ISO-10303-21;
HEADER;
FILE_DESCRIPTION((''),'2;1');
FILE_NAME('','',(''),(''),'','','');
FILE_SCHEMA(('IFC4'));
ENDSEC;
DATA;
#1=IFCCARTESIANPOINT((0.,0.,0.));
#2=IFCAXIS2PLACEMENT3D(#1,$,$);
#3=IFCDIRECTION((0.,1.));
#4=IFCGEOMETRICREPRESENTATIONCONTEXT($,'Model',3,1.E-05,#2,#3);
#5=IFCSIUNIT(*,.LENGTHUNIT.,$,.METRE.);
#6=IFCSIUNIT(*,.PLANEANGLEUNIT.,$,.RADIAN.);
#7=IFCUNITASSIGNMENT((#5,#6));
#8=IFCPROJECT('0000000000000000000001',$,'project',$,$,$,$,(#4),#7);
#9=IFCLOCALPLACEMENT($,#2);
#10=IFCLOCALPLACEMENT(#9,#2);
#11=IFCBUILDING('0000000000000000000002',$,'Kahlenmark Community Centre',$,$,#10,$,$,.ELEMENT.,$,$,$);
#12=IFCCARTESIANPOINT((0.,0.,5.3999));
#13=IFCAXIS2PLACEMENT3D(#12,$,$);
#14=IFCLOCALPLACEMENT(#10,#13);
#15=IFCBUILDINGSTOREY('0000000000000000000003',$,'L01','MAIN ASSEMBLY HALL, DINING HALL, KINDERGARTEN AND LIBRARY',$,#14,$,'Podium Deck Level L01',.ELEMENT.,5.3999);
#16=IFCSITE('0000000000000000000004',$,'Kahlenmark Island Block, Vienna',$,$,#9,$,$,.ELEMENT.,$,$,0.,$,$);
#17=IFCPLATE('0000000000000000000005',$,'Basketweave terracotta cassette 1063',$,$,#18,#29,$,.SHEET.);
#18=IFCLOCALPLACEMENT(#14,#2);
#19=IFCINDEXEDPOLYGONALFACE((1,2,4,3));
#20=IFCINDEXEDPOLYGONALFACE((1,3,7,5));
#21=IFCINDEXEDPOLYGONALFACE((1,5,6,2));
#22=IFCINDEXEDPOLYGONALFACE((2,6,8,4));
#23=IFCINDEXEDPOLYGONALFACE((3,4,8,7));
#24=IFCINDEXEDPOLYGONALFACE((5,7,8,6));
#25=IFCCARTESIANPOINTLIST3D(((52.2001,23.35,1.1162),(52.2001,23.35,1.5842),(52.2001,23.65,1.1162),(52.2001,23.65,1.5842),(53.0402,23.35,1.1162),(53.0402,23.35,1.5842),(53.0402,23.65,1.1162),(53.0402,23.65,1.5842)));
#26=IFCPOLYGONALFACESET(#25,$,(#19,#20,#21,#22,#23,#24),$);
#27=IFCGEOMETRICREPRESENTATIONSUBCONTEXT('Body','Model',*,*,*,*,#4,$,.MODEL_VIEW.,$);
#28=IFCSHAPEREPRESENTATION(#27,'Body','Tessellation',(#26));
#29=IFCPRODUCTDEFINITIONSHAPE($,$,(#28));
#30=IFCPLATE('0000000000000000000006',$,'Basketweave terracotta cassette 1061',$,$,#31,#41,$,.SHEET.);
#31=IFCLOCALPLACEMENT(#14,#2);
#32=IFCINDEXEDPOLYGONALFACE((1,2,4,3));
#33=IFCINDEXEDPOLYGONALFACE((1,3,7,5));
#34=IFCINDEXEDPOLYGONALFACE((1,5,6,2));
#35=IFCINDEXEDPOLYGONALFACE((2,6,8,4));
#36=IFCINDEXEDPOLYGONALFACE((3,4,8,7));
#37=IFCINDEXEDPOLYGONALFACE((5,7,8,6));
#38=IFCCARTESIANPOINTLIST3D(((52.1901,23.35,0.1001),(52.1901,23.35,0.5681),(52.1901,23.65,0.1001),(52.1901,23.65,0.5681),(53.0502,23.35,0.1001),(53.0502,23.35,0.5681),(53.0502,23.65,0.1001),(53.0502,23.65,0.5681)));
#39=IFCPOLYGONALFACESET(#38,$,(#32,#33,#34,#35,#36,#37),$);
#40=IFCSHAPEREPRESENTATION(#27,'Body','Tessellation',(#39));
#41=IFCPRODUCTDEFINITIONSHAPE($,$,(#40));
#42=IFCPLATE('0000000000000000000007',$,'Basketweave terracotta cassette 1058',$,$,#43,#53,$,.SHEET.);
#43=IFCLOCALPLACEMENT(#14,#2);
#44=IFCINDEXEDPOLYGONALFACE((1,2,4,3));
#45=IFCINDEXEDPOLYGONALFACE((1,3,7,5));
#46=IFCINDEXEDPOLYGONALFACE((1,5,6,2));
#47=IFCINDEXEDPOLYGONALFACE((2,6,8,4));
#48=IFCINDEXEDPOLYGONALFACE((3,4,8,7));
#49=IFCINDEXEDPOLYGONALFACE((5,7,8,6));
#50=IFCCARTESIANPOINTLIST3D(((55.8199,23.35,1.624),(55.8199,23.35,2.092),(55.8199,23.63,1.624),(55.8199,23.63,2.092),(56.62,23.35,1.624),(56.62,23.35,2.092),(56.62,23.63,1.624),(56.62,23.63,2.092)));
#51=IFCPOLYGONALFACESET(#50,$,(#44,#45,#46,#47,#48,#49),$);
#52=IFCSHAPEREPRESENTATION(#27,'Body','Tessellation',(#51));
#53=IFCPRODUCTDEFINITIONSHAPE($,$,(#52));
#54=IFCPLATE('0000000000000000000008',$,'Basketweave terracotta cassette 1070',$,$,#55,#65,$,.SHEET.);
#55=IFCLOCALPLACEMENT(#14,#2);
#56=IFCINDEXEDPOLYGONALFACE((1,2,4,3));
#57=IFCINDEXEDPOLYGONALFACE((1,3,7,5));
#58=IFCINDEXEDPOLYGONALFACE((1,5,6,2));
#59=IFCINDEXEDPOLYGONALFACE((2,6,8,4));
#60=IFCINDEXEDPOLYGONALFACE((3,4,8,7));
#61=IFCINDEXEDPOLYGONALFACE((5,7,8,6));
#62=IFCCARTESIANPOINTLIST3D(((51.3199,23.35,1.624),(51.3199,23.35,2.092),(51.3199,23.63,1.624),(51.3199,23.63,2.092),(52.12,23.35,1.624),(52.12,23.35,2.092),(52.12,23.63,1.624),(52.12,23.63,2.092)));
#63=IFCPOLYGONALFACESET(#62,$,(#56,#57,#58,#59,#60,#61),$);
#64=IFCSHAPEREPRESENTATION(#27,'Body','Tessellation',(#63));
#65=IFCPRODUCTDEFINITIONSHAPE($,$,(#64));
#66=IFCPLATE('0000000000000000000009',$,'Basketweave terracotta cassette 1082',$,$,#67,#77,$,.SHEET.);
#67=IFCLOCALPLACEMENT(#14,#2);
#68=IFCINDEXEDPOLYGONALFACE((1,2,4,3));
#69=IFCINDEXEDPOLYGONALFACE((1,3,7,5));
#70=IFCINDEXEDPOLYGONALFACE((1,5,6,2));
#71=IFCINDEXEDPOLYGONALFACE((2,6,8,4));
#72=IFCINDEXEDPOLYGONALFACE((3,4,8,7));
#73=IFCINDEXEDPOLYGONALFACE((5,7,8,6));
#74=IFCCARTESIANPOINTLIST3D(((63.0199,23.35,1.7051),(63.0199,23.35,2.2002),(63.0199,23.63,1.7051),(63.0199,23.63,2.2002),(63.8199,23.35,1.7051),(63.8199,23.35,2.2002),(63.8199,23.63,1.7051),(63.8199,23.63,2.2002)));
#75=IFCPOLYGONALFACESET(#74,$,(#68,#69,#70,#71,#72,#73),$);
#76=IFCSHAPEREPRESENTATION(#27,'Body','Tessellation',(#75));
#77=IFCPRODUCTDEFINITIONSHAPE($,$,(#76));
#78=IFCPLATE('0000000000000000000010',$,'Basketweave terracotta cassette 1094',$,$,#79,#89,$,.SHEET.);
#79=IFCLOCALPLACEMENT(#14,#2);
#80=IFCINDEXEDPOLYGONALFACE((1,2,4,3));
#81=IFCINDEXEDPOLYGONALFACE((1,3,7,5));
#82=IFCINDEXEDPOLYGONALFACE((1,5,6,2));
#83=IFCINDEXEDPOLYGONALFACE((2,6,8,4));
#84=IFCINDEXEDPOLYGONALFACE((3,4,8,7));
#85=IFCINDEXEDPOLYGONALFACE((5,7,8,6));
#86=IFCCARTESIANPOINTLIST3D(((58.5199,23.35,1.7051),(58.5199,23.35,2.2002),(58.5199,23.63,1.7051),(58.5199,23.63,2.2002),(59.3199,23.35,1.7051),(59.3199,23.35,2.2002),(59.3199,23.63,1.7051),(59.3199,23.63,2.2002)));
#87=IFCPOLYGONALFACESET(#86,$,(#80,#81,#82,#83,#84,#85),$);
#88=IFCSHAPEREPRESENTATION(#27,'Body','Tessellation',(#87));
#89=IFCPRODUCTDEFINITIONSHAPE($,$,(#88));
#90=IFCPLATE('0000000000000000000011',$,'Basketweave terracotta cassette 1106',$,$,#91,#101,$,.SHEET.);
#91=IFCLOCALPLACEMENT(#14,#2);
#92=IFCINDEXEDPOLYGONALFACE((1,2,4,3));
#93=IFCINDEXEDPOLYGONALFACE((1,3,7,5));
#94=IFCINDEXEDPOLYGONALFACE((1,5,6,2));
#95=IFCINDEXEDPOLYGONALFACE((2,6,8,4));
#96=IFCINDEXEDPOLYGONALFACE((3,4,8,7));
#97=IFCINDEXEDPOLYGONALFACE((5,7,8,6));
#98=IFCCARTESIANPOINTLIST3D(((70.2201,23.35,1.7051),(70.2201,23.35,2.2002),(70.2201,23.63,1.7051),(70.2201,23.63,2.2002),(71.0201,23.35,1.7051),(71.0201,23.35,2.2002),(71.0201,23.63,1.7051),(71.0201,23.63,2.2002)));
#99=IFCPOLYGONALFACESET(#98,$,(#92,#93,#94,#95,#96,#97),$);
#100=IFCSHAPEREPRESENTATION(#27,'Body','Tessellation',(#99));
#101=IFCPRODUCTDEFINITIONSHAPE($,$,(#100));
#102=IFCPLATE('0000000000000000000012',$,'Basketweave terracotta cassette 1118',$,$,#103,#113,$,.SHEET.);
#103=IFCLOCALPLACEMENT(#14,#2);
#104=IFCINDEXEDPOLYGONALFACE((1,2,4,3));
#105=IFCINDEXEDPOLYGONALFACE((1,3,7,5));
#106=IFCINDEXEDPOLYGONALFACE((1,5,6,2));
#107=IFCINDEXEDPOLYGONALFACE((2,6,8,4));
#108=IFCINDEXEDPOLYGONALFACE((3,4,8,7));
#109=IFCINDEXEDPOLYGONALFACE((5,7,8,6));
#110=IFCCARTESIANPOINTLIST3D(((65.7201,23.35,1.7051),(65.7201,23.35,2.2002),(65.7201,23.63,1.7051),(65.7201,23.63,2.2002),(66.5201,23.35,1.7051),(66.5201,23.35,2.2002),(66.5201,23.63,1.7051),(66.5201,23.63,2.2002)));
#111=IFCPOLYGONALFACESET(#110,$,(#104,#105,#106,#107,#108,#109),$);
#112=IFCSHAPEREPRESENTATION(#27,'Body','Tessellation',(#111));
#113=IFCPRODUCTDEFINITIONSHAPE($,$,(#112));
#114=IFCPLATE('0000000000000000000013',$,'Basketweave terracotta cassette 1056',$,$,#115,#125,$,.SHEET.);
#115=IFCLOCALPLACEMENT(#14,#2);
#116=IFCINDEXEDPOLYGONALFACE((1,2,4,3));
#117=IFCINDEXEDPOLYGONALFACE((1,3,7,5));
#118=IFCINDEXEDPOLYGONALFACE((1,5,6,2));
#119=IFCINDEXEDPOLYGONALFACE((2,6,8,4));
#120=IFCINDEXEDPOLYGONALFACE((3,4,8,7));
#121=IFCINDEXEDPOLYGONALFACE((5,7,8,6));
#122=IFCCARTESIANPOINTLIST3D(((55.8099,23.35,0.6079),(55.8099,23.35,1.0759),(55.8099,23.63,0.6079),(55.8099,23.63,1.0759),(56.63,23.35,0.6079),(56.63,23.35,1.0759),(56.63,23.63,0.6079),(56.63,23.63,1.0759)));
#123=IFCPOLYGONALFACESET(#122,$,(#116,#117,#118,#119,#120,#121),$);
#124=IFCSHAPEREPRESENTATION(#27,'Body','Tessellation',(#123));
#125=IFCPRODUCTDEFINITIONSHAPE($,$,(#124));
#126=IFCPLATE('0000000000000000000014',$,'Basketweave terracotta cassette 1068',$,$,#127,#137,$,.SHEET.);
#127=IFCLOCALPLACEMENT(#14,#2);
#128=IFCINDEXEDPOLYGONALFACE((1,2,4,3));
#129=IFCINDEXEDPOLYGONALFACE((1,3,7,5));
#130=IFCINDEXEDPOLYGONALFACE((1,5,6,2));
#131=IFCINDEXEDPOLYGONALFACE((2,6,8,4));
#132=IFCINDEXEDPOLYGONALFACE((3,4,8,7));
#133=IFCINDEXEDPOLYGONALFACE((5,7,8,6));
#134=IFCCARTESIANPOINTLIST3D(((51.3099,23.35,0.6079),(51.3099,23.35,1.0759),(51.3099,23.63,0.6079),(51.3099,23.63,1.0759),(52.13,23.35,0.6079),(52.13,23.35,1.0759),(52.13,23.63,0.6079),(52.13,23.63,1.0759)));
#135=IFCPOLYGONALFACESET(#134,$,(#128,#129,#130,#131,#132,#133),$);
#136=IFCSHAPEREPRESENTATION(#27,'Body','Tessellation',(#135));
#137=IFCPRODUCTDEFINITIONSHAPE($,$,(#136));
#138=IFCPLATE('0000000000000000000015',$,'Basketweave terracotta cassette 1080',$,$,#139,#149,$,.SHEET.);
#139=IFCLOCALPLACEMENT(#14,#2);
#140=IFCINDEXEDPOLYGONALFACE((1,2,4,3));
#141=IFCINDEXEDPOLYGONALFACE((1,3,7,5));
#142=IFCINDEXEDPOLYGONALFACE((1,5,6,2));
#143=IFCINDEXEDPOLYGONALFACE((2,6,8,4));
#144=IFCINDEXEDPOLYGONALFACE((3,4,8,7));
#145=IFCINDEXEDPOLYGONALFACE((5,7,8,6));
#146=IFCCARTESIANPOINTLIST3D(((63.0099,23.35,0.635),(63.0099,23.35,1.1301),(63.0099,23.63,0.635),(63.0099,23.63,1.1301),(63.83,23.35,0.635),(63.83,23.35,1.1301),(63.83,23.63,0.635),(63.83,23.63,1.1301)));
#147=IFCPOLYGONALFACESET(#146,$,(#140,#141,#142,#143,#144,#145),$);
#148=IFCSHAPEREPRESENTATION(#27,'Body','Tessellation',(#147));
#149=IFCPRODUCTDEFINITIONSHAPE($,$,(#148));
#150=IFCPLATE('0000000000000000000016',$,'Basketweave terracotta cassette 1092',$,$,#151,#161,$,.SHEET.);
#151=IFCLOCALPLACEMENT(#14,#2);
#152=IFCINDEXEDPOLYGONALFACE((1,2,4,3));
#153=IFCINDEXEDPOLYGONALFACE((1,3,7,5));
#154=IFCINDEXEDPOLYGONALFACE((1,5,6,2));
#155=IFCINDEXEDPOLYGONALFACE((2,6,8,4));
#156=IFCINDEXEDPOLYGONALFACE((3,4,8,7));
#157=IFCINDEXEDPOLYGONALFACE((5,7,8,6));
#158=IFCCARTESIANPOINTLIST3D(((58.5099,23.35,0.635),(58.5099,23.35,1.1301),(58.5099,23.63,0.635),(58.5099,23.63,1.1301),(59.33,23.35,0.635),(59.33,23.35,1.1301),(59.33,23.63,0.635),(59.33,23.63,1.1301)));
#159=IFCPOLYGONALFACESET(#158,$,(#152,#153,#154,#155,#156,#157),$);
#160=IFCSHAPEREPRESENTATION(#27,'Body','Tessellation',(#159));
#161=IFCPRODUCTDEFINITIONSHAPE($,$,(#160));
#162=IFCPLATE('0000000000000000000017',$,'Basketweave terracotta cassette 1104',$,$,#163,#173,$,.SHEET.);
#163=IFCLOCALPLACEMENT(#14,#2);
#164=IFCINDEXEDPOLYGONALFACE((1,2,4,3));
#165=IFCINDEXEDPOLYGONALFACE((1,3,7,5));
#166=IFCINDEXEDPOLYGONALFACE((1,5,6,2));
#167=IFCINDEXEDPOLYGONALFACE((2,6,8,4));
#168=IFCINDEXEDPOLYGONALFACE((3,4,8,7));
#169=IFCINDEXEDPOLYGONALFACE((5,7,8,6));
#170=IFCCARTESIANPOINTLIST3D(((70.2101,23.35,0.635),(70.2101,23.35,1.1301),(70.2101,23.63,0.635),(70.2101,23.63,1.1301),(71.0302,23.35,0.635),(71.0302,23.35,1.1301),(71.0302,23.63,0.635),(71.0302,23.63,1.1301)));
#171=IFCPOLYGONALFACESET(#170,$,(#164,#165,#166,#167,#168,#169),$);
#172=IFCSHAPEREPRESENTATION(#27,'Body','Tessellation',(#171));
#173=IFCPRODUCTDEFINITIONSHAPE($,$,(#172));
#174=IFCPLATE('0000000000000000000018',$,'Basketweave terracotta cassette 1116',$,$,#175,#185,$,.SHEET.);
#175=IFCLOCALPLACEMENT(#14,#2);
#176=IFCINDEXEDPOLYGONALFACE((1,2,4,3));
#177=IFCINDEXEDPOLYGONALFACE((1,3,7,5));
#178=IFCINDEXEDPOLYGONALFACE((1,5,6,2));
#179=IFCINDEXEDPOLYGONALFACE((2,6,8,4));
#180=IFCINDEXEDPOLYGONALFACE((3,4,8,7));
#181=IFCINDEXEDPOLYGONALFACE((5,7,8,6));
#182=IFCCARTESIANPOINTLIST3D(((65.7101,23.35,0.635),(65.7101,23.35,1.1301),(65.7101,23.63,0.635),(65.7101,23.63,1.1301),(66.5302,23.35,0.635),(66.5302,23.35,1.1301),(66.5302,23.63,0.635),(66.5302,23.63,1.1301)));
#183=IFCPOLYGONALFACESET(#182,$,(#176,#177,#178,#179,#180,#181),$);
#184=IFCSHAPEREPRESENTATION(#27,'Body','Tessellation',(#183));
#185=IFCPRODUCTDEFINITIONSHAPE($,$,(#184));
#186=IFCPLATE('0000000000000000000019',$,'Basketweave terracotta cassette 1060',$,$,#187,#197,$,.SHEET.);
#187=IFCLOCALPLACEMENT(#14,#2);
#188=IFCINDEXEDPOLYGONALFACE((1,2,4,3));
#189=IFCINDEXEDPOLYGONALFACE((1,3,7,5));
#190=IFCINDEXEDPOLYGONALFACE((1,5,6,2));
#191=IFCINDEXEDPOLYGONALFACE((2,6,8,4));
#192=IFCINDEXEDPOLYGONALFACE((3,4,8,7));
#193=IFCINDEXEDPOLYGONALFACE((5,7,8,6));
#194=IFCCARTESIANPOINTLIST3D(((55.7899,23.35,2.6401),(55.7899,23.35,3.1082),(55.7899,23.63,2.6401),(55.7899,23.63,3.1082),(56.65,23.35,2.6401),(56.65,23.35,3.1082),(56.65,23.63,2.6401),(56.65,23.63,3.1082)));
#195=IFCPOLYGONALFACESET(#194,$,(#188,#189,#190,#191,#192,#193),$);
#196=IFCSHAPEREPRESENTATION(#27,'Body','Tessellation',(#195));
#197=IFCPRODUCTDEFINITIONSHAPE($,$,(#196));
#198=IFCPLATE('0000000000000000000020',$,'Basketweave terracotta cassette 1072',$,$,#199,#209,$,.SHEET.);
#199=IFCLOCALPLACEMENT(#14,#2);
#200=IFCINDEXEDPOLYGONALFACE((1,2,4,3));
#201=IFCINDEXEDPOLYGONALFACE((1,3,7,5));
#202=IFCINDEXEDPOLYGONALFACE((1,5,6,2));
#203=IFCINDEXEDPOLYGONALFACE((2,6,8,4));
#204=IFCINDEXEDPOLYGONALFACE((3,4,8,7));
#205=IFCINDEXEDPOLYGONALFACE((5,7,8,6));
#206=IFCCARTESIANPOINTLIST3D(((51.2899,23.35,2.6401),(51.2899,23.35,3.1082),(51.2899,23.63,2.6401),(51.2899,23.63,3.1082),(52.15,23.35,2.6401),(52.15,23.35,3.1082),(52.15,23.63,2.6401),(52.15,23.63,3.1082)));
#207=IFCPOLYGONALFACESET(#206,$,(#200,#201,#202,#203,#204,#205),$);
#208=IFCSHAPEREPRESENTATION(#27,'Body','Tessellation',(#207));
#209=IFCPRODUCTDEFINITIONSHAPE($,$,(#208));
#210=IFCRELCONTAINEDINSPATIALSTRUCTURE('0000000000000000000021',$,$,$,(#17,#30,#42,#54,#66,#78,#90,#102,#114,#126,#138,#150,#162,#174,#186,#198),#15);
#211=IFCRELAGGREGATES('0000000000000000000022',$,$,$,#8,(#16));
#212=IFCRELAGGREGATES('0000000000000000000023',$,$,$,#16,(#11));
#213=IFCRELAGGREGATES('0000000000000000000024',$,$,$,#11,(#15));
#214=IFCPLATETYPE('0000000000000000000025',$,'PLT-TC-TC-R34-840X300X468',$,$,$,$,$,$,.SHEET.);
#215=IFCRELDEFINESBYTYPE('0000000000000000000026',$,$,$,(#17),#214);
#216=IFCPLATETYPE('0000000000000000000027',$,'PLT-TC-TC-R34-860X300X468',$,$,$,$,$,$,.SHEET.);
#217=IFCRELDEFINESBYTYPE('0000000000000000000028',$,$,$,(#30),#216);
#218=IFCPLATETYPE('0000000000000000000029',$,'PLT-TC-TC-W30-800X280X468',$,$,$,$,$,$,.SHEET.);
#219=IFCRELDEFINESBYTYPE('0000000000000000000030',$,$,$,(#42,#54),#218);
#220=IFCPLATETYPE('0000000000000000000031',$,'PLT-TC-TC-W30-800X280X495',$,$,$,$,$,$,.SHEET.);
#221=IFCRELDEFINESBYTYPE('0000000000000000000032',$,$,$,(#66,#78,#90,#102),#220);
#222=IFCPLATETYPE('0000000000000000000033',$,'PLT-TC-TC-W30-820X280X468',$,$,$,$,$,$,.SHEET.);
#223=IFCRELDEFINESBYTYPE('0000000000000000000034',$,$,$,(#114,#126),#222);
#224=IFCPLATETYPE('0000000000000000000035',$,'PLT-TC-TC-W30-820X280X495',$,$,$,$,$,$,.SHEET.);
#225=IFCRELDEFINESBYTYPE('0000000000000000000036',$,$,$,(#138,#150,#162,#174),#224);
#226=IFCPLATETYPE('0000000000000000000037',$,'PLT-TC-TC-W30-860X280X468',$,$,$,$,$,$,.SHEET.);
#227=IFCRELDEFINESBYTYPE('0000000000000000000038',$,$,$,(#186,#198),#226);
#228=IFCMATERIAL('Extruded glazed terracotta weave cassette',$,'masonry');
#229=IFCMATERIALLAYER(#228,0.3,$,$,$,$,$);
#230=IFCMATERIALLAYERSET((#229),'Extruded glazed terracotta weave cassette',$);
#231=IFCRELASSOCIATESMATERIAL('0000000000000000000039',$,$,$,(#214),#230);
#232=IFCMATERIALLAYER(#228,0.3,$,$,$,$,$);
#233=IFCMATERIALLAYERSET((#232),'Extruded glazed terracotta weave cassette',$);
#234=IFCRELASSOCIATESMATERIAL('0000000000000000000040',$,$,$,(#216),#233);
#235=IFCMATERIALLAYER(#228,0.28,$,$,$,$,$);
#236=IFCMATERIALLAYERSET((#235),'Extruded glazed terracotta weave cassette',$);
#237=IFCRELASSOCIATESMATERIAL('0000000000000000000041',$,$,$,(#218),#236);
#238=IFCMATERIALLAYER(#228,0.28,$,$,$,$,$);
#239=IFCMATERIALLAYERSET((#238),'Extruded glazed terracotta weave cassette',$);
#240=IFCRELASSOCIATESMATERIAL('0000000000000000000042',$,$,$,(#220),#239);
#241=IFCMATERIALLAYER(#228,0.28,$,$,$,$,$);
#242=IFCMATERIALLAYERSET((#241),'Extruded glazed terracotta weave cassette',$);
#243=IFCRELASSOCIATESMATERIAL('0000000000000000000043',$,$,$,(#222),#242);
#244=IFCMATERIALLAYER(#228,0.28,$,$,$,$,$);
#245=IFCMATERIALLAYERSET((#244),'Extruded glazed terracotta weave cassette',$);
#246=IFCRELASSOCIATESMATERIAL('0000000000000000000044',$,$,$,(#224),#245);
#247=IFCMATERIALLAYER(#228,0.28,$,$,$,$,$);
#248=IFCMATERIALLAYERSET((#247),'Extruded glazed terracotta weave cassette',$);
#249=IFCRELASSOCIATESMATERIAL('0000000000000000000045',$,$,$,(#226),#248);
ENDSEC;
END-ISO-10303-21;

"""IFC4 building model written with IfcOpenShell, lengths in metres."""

from ifc_helpers import new_model, si_unit, direction, frame, origin, origin_2d, place, context, subcontext, project, spatial, rectangle, extrude, material, layer, layer_set, type_object, element, save


model = new_model("IFC4")

# Units and contexts
model_context = context("Model", 3, precision=1e-05, world=origin(), true_north=direction((0.0, 1.0)))
body_context = subcontext(model_context, "Body", "Model", "MODEL_VIEW")
ifc_project = project(units=[si_unit("LENGTHUNIT", "METRE"), si_unit("PLANEANGLEUNIT", "RADIAN")], contexts=[model_context])

# Site, building, storey
site_placement = place(None, origin())
site = spatial("IfcSite", under=ifc_project, at=site_placement, Name="Kahlenmark Island Block, Vienna", CompositionType="ELEMENT", RefElevation=0.0)
building_placement = place(site_placement, origin())
building = spatial("IfcBuilding", under=site, at=building_placement, Name="Kahlenmark Community Centre", CompositionType="ELEMENT")
storey_placement = place(building_placement, frame((0.0, 0.0, 5.3999)))
storey = spatial("IfcBuildingStorey", under=building, at=storey_placement, Name="L01", Description="MAIN ASSEMBLY HALL, DINING HALL, KINDERGARTEN AND LIBRARY", LongName="Podium Deck Level L01", CompositionType="ELEMENT", Elevation=5.3999)

# Plates
ifc_material = material(Name="Extruded glazed terracotta weave cassette", Category="masonry")
ifc_layer_1 = layer(ifc_material, 0.3)
ifc_layer_set_1 = layer_set([ifc_layer_1], Name="Extruded glazed terracotta weave cassette")
plate_type_1 = type_object("IfcPlateType", Name="PLT-TC-TC-R34-840X300X468", PredefinedType="SHEET", material=ifc_layer_set_1)
plate_1_placement = place(storey_placement, frame((52.6201, 23.5, 1.1162), z_axis=(0.0, 0.0, 1.0), x_axis=(-1.0, 0.0, 0.0)))
element("IfcPlate", 1, at=plate_1_placement, inside=storey, type_object=plate_type_1, Name="Basketweave terracotta cassette 1063", PredefinedType="SHEET", context=body_context, shape_type="SweptSolid", body=[
    extrude(rectangle(XDim=0.8401, YDim=0.3, at=origin_2d()), origin(), (0.0, 0.0, 1.0), 0.468),
])
ifc_layer_2 = layer(ifc_material, 0.3)
ifc_layer_set_2 = layer_set([ifc_layer_2], Name="Extruded glazed terracotta weave cassette")
plate_type_2 = type_object("IfcPlateType", Name="PLT-TC-TC-R34-860X300X468", PredefinedType="SHEET", material=ifc_layer_set_2)
plate_2_placement = place(storey_placement, frame((52.6201, 23.5, 0.1001), z_axis=(0.0, 0.0, 1.0), x_axis=(-1.0, 0.0, 0.0)))
element("IfcPlate", 2, at=plate_2_placement, inside=storey, type_object=plate_type_2, Name="Basketweave terracotta cassette 1061", PredefinedType="SHEET", context=body_context, shape_type="SweptSolid", body=[
    extrude(rectangle(XDim=0.8601, YDim=0.3, at=origin_2d()), origin(), (0.0, 0.0, 1.0), 0.468),
])
ifc_layer_3 = layer(ifc_material, 0.28)
ifc_layer_set_3 = layer_set([ifc_layer_3], Name="Extruded glazed terracotta weave cassette")
plate_type_3 = type_object("IfcPlateType", Name="PLT-TC-TC-W30-800X280X468", PredefinedType="SHEET", material=ifc_layer_set_3)
for number, where, z_axis, x_axis, name in (
    (3, (56.22, 23.49, 1.624), (0.0, 0.0, 1.0), (-1.0, 0.0, 0.0), "Basketweave terracotta cassette 1058"),
    (4, (51.72, 23.49, 1.624), (0.0, 0.0, 1.0), (-1.0, 0.0, 0.0), "Basketweave terracotta cassette 1070"),
):
    element("IfcPlate", number, at=place(storey_placement, frame(where, z_axis=z_axis, x_axis=x_axis)), inside=storey, type_object=plate_type_3, Name=name, PredefinedType="SHEET", context=body_context, shape_type="SweptSolid", body=[
        extrude(rectangle(XDim=0.8, YDim=0.28, at=origin_2d()), origin(), (0.0, 0.0, 1.0), 0.468),
    ])
ifc_layer_4 = layer(ifc_material, 0.28)
ifc_layer_set_4 = layer_set([ifc_layer_4], Name="Extruded glazed terracotta weave cassette")
plate_type_4 = type_object("IfcPlateType", Name="PLT-TC-TC-W30-800X280X495", PredefinedType="SHEET", material=ifc_layer_set_4)
for number, where, z_axis, x_axis, name in (
    (5, (63.4199, 23.49, 1.7051), (0.0, 0.0, 1.0), (-1.0, 0.0, 0.0), "Basketweave terracotta cassette 1082"),
    (6, (58.9199, 23.49, 1.7051), (0.0, 0.0, 1.0), (-1.0, 0.0, 0.0), "Basketweave terracotta cassette 1094"),
    (7, (70.6201, 23.49, 1.7051), (0.0, 0.0, 1.0), (-1.0, 0.0, 0.0), "Basketweave terracotta cassette 1106"),
    (8, (66.1201, 23.49, 1.7051), (0.0, 0.0, 1.0), (-1.0, 0.0, 0.0), "Basketweave terracotta cassette 1118"),
):
    element("IfcPlate", number, at=place(storey_placement, frame(where, z_axis=z_axis, x_axis=x_axis)), inside=storey, type_object=plate_type_4, Name=name, PredefinedType="SHEET", context=body_context, shape_type="SweptSolid", body=[
        extrude(rectangle(XDim=0.8, YDim=0.28, at=origin_2d()), origin(), (0.0, 0.0, 1.0), 0.4951),
    ])
ifc_layer_5 = layer(ifc_material, 0.28)
ifc_layer_set_5 = layer_set([ifc_layer_5], Name="Extruded glazed terracotta weave cassette")
plate_type_5 = type_object("IfcPlateType", Name="PLT-TC-TC-W30-820X280X468", PredefinedType="SHEET", material=ifc_layer_set_5)
for number, where, z_axis, x_axis, name in (
    (9, (56.22, 23.49, 0.6079), (0.0, 0.0, 1.0), (-1.0, 0.0, 0.0), "Basketweave terracotta cassette 1056"),
    (10, (51.72, 23.49, 0.6079), (0.0, 0.0, 1.0), (-1.0, 0.0, 0.0), "Basketweave terracotta cassette 1068"),
):
    element("IfcPlate", number, at=place(storey_placement, frame(where, z_axis=z_axis, x_axis=x_axis)), inside=storey, type_object=plate_type_5, Name=name, PredefinedType="SHEET", context=body_context, shape_type="SweptSolid", body=[
        extrude(rectangle(XDim=0.8201, YDim=0.28, at=origin_2d()), origin(), (0.0, 0.0, 1.0), 0.468),
    ])
ifc_layer_6 = layer(ifc_material, 0.28)
ifc_layer_set_6 = layer_set([ifc_layer_6], Name="Extruded glazed terracotta weave cassette")
plate_type_6 = type_object("IfcPlateType", Name="PLT-TC-TC-W30-820X280X495", PredefinedType="SHEET", material=ifc_layer_set_6)
for number, where, z_axis, x_axis, name in (
    (11, (63.4199, 23.49, 0.635), (0.0, 0.0, 1.0), (-1.0, 0.0, 0.0), "Basketweave terracotta cassette 1080"),
    (12, (58.9199, 23.49, 0.635), (0.0, 0.0, 1.0), (-1.0, 0.0, 0.0), "Basketweave terracotta cassette 1092"),
    (13, (70.6201, 23.49, 0.635), (0.0, 0.0, 1.0), (-1.0, 0.0, 0.0), "Basketweave terracotta cassette 1104"),
    (14, (66.1201, 23.49, 0.635), (0.0, 0.0, 1.0), (-1.0, 0.0, 0.0), "Basketweave terracotta cassette 1116"),
):
    element("IfcPlate", number, at=place(storey_placement, frame(where, z_axis=z_axis, x_axis=x_axis)), inside=storey, type_object=plate_type_6, Name=name, PredefinedType="SHEET", context=body_context, shape_type="SweptSolid", body=[
        extrude(rectangle(XDim=0.8201, YDim=0.28, at=origin_2d()), origin(), (0.0, 0.0, 1.0), 0.4951),
    ])
ifc_layer_7 = layer(ifc_material, 0.28)
ifc_layer_set_7 = layer_set([ifc_layer_7], Name="Extruded glazed terracotta weave cassette")
plate_type_7 = type_object("IfcPlateType", Name="PLT-TC-TC-W30-860X280X468", PredefinedType="SHEET", material=ifc_layer_set_7)
for number, where, z_axis, x_axis, name in (
    (15, (56.22, 23.49, 2.6401), (0.0, 0.0, 1.0), (-1.0, 0.0, 0.0), "Basketweave terracotta cassette 1060"),
    (16, (51.72, 23.49, 2.6401), (0.0, 0.0, 1.0), (-1.0, 0.0, 0.0), "Basketweave terracotta cassette 1072"),
):
    element("IfcPlate", number, at=place(storey_placement, frame(where, z_axis=z_axis, x_axis=x_axis)), inside=storey, type_object=plate_type_7, Name=name, PredefinedType="SHEET", context=body_context, shape_type="SweptSolid", body=[
        extrude(rectangle(XDim=0.8601, YDim=0.28, at=origin_2d()), origin(), (0.0, 0.0, 1.0), 0.468),
    ])

save(model, "model.ifc")
